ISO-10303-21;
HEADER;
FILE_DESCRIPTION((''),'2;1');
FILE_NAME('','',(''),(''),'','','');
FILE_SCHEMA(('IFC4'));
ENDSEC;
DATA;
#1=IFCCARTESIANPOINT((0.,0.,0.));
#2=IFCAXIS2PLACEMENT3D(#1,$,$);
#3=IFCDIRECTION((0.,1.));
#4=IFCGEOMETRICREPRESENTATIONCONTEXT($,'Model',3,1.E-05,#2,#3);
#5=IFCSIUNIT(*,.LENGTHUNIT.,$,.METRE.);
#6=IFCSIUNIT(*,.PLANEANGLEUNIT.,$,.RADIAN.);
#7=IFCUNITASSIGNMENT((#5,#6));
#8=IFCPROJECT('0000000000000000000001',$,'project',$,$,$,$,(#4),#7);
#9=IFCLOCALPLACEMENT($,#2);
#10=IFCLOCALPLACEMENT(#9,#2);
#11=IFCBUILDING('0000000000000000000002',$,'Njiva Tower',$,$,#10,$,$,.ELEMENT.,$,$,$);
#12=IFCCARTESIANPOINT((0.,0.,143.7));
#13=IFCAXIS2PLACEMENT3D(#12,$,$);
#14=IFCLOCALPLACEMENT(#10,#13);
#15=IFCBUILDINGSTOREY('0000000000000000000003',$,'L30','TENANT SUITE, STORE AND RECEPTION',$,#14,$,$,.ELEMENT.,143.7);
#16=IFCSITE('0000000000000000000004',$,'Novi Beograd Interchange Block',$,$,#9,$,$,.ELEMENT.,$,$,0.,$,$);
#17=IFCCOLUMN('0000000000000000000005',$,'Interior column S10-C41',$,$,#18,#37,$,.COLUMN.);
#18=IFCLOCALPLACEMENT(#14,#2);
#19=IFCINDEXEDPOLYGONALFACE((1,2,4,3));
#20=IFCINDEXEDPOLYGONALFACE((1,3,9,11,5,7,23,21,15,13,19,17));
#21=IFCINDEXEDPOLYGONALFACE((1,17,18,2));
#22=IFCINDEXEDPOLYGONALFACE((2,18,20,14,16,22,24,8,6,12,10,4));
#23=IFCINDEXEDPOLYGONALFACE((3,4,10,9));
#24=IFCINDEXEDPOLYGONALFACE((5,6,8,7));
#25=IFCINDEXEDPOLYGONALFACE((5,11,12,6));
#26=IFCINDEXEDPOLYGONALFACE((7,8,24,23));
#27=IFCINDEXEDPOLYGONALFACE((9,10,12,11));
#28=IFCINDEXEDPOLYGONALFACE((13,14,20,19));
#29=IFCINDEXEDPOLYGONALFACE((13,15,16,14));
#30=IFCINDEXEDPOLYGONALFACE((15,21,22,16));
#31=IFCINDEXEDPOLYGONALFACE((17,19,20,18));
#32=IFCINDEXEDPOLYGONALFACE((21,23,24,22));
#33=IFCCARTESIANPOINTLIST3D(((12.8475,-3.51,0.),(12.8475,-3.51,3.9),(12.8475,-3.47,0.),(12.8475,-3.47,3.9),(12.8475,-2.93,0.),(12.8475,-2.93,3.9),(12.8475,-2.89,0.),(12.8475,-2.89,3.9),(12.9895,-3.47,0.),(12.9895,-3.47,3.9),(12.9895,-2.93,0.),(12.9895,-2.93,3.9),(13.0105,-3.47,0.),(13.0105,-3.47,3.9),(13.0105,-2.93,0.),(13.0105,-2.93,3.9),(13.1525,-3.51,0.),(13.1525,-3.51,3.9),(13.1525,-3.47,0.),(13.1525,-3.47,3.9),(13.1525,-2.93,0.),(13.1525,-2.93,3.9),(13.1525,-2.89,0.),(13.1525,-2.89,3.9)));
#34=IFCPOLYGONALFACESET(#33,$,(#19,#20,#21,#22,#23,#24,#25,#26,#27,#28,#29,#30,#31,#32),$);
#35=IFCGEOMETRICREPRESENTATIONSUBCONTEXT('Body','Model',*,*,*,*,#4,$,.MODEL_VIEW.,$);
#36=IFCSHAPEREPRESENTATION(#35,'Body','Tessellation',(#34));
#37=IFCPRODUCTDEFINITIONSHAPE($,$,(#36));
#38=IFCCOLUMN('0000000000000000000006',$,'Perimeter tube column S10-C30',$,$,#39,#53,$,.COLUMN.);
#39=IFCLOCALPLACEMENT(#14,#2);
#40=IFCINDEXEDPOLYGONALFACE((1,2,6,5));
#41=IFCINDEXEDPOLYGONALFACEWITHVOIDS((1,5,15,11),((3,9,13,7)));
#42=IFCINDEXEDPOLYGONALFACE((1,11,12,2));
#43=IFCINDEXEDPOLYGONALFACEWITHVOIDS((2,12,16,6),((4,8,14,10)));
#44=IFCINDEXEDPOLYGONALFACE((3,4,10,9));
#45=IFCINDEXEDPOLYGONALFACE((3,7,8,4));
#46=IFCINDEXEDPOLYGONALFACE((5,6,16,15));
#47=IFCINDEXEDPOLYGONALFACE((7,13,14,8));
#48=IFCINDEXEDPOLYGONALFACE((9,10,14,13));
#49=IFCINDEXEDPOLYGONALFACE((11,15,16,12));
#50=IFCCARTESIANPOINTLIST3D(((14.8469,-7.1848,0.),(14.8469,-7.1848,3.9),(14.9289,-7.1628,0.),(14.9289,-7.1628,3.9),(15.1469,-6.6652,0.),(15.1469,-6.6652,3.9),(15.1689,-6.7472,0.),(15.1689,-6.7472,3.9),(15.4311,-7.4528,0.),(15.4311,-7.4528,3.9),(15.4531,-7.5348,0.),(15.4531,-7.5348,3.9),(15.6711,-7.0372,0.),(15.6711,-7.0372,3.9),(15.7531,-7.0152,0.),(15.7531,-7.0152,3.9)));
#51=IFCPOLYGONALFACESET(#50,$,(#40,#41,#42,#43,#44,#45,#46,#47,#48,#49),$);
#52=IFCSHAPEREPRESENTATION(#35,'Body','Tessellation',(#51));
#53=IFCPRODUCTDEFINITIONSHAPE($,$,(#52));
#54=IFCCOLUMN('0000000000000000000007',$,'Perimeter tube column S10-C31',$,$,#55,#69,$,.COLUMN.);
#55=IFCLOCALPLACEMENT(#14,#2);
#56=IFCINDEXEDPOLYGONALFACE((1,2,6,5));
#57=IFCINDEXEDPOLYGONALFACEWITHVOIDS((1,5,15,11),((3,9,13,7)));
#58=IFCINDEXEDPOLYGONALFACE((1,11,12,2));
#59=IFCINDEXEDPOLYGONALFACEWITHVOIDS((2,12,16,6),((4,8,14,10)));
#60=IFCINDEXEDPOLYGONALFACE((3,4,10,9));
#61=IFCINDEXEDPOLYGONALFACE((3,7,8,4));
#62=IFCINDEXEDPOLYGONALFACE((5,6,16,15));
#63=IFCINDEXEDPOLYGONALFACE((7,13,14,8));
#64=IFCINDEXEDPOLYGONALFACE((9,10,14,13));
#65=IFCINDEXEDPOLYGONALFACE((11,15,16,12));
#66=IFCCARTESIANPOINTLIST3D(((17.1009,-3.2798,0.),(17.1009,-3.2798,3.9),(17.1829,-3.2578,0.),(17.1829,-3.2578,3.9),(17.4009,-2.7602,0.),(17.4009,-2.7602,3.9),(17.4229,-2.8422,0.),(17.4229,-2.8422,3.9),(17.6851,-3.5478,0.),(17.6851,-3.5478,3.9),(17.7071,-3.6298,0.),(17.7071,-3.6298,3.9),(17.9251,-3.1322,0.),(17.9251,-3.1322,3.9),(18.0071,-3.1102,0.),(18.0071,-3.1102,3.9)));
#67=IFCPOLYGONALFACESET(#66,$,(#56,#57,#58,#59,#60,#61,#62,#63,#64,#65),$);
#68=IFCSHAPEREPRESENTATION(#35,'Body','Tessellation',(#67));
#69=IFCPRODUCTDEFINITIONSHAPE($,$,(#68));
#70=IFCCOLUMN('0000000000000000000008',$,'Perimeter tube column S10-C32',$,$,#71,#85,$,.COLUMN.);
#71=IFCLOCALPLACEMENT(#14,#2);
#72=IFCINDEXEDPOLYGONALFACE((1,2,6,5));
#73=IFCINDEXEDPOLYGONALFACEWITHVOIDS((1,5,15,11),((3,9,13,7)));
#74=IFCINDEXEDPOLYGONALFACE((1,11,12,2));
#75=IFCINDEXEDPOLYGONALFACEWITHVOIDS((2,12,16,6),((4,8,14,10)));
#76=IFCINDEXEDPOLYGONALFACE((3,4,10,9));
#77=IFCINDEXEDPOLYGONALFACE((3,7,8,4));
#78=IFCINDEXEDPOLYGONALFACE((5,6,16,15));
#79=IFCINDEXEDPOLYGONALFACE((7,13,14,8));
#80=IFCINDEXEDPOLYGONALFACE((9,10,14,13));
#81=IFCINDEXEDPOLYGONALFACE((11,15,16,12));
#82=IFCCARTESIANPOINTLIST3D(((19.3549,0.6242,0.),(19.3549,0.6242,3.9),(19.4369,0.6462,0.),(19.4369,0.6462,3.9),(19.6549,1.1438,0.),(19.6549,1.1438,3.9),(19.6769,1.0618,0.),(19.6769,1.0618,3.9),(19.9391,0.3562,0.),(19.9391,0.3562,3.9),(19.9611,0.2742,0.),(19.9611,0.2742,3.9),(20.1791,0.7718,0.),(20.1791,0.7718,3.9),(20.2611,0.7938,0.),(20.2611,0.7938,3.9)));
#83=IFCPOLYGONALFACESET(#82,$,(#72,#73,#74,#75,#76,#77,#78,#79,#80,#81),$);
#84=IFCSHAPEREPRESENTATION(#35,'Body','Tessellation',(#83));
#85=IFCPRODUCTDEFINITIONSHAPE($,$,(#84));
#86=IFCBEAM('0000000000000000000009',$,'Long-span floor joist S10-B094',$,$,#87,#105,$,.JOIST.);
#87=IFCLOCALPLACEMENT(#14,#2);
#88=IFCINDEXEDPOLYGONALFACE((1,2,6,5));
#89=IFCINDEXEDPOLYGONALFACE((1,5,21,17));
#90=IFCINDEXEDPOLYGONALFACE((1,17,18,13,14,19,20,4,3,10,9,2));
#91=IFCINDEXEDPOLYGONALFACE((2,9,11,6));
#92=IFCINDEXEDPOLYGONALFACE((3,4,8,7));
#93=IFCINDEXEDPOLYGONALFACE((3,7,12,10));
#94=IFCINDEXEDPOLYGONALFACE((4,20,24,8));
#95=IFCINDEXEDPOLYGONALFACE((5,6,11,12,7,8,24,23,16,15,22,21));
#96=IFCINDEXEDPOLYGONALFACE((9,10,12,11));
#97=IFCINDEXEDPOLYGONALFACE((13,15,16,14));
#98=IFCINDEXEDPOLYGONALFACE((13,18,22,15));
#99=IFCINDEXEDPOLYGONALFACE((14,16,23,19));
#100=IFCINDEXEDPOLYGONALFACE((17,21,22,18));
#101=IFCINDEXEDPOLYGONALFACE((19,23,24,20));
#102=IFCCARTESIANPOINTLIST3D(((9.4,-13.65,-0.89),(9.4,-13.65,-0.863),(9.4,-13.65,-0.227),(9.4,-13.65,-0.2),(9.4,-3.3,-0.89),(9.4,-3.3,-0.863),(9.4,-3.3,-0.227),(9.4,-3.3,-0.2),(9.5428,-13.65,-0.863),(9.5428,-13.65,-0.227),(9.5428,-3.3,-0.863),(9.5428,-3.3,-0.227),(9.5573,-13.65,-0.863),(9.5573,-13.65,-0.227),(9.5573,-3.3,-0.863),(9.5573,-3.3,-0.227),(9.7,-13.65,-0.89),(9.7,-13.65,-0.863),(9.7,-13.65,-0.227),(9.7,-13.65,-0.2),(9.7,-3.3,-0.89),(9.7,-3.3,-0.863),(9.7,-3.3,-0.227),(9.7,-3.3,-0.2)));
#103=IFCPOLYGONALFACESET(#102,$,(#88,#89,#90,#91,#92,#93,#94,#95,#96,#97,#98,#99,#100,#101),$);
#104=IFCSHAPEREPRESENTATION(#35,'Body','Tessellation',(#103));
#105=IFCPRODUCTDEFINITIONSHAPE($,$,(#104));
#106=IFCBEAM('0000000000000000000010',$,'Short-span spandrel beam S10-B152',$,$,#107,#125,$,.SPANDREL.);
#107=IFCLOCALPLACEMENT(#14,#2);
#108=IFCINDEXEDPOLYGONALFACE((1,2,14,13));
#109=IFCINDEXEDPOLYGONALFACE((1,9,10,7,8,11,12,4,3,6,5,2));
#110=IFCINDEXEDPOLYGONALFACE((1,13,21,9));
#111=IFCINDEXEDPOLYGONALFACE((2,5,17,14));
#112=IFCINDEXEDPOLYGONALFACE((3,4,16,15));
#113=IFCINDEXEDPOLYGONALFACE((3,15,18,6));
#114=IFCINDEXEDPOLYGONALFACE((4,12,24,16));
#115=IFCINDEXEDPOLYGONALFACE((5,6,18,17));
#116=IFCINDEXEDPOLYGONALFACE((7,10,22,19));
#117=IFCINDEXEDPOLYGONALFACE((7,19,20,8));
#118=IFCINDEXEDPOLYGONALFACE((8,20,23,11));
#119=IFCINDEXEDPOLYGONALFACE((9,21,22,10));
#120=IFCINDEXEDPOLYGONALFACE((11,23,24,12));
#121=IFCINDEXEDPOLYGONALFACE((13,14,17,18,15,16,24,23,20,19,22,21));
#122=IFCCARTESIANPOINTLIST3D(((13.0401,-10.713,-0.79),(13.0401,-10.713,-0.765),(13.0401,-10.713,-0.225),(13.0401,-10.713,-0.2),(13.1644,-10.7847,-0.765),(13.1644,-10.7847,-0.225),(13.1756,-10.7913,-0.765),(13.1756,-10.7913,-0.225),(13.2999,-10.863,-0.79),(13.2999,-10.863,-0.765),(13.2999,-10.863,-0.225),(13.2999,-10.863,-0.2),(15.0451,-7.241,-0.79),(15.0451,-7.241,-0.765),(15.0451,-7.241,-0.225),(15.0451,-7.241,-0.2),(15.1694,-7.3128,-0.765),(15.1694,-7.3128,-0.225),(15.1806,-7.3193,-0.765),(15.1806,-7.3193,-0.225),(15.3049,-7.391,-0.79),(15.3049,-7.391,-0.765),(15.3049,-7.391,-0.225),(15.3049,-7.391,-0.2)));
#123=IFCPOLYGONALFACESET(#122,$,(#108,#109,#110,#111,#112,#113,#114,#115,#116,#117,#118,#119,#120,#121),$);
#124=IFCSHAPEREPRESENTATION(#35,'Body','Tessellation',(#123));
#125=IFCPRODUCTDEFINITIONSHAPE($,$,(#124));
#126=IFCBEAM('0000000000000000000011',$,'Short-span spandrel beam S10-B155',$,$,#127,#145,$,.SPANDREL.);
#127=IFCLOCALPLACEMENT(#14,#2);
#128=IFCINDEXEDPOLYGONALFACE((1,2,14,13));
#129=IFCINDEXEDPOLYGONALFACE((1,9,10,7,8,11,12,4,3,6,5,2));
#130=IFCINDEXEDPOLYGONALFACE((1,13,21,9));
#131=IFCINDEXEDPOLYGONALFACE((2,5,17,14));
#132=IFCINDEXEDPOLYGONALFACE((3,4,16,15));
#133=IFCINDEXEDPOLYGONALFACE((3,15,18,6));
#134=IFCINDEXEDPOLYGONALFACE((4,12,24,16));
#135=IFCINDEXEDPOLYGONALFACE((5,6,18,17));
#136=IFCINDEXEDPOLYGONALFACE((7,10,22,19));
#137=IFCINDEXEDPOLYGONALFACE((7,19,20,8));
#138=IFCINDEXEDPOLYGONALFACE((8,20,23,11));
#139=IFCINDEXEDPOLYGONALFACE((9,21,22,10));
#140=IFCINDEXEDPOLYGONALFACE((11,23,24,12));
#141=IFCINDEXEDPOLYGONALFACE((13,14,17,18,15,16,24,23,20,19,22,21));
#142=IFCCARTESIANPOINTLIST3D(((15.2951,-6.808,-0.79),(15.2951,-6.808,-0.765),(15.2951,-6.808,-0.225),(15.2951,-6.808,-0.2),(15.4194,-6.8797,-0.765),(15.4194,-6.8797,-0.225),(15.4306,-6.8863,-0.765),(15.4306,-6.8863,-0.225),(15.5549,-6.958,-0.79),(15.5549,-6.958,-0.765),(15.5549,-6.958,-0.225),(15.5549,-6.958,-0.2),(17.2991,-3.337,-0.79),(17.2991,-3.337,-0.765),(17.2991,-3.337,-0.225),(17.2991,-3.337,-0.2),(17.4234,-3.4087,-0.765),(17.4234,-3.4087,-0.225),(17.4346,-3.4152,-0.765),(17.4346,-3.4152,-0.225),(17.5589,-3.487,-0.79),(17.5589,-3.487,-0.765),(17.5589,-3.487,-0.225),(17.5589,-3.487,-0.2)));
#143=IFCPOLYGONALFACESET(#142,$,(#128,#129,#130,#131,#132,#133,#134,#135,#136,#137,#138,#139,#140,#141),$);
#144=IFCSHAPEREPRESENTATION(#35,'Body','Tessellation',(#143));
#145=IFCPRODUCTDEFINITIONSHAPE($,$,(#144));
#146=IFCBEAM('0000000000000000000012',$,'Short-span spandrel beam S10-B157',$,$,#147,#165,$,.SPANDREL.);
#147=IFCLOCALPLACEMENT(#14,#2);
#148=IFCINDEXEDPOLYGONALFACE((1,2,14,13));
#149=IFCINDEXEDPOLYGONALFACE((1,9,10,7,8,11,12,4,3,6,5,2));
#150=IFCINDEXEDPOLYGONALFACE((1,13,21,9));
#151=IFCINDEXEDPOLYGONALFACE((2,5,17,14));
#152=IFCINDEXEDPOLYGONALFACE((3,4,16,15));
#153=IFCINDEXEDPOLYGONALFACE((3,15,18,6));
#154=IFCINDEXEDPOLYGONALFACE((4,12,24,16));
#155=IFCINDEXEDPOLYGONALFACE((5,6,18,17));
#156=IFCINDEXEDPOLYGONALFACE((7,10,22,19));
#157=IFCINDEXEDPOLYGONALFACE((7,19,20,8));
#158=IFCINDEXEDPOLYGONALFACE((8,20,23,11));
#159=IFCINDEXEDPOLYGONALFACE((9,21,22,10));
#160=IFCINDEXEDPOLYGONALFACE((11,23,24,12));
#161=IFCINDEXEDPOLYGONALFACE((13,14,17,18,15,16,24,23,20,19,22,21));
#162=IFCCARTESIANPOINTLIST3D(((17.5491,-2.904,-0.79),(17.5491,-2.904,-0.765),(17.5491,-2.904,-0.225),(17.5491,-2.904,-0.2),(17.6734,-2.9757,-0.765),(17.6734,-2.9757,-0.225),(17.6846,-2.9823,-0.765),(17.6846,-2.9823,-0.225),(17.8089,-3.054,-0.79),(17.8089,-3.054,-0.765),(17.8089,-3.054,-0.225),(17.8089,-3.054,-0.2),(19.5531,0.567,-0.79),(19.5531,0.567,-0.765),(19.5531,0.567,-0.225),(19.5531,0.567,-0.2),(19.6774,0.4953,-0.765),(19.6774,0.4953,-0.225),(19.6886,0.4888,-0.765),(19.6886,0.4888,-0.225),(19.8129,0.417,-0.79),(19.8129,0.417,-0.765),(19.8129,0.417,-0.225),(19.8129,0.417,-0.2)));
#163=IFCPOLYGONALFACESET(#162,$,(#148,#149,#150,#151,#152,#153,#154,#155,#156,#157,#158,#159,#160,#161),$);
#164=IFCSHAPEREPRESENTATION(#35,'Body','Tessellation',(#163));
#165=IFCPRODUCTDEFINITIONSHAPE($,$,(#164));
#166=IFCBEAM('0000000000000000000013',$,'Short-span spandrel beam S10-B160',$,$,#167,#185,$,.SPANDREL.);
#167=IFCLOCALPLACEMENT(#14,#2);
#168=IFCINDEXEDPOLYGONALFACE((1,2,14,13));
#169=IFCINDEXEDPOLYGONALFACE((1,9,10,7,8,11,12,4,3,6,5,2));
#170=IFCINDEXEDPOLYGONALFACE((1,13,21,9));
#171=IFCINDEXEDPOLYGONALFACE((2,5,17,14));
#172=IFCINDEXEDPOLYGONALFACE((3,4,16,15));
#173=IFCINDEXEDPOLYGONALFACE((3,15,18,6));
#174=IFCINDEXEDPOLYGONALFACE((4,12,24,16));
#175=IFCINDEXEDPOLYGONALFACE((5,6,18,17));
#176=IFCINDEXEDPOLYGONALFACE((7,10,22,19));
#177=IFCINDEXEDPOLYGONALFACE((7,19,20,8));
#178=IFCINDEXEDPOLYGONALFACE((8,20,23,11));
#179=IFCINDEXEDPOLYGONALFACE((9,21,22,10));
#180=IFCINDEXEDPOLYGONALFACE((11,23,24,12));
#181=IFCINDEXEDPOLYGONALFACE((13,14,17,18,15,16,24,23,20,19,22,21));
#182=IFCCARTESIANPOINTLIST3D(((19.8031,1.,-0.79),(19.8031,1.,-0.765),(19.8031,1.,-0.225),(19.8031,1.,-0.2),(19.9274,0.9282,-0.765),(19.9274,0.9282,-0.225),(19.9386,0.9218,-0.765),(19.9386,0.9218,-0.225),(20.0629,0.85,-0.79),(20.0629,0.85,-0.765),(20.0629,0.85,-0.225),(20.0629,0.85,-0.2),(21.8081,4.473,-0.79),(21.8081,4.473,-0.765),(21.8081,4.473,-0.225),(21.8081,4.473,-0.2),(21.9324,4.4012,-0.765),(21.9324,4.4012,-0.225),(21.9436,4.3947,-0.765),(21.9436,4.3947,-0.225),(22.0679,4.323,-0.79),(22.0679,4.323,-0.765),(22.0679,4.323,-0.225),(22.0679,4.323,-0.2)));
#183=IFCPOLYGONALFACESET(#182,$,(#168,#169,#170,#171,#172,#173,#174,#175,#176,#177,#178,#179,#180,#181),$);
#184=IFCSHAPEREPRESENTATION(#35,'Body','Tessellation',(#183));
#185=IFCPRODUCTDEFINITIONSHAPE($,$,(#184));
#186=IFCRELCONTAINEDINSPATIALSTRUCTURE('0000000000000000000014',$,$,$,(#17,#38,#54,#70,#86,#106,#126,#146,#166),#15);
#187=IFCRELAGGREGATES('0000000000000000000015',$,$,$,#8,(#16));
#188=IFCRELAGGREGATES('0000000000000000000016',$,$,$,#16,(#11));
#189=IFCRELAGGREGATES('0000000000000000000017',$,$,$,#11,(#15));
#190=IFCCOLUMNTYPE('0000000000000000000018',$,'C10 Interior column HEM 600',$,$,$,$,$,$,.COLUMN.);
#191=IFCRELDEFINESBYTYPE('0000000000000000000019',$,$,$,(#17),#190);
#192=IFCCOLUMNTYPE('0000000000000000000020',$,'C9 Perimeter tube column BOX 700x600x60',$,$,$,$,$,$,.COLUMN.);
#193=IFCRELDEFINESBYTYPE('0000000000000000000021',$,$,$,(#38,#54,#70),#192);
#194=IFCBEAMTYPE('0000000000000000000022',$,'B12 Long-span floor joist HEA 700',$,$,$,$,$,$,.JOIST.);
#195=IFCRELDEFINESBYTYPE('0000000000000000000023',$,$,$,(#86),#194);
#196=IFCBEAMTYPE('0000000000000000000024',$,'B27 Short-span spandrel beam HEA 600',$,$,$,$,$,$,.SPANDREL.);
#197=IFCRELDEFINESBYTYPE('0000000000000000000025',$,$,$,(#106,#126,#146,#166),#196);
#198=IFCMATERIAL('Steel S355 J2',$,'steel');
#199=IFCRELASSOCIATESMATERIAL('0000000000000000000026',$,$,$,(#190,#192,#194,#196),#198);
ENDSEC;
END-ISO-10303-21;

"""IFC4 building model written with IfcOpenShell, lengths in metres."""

from ifc_helpers import new_model, si_unit, direction, frame, origin, origin_2d, place, context, subcontext, project, spatial, hollow_rectangle, i_section, extrude, material, material_profile, profile_set, type_object, element, save


model = new_model("IFC4")

# Units and contexts
model_context = context("Model", 3, precision=1e-05, world=origin(), true_north=direction((0.0, 1.0)))
body_context = subcontext(model_context, "Body", "Model", "MODEL_VIEW")
ifc_project = project(units=[si_unit("LENGTHUNIT", "METRE"), si_unit("PLANEANGLEUNIT", "RADIAN")], contexts=[model_context])

# Site, building, storey
site_placement = place(None, origin())
site = spatial("IfcSite", under=ifc_project, at=site_placement, Name="Novi Beograd Interchange Block", CompositionType="ELEMENT", RefElevation=0.0)
building_placement = place(site_placement, origin())
building = spatial("IfcBuilding", under=site, at=building_placement, Name="Njiva Tower", CompositionType="ELEMENT")
storey_placement = place(building_placement, frame((0.0, 0.0, 143.7)))
storey = spatial("IfcBuildingStorey", under=building, at=storey_placement, Name="L30", Description="TENANT SUITE, STORE AND RECEPTION", CompositionType="ELEMENT", Elevation=143.7)

# Columns
ifc_material_1 = material(Name="Steel S355 J2", Category="steel")
ifc_material_profile_1 = material_profile(ifc_material_1, i_section(OverallWidth=0.305, OverallDepth=0.62, WebThickness=0.021, FlangeThickness=0.04, at=origin_2d()), Name="HEM 600")
ifc_profile_set_1 = profile_set([ifc_material_profile_1], Name="Steel S355 J2")
column_type_1 = type_object("IfcColumnType", Name="C10 Interior column HEM 600", PredefinedType="COLUMN", material=ifc_profile_set_1)
column_placement = place(storey_placement, frame((13.0, -3.2, 0.0), z_axis=(0.0, 0.0, 1.0), x_axis=(1.0, 0.0, 0.0)))
element("IfcColumn", 1, at=column_placement, inside=storey, type_object=column_type_1, Name="Interior column S10-C41", PredefinedType="COLUMN", context=body_context, shape_type="SweptSolid", body=[
    extrude(i_section(OverallWidth=0.305, OverallDepth=0.62, WebThickness=0.021, FlangeThickness=0.04, at=origin_2d()), origin(), (0.0, 0.0, 1.0), 3.9),
])
ifc_material_profile_2 = material_profile(ifc_material_1, hollow_rectangle(XDim=0.6, YDim=0.7, WallThickness=0.06, at=origin_2d()), Name="BOX 700x600x60")
ifc_profile_set_2 = profile_set([ifc_material_profile_2], Name="Steel S355 J2")
column_type_2 = type_object("IfcColumnType", Name="C9 Perimeter tube column BOX 700x600x60", PredefinedType="COLUMN", material=ifc_profile_set_2)
for number, where, z_axis, x_axis, name in (
    (2, (15.3, -7.1, 0.0), (0.0, 0.0, 1.0), (0.5, 0.866025, 0.0), "Perimeter tube column S10-C30"),
    (3, (17.554, -3.195, 0.0), (0.0, 0.0, 1.0), (0.5, 0.866025, 0.0), "Perimeter tube column S10-C31"),
    (4, (19.808, 0.709, 0.0), (0.0, 0.0, 1.0), (0.5, 0.866025, 0.0), "Perimeter tube column S10-C32"),
):
    element("IfcColumn", number, at=place(storey_placement, frame(where, z_axis=z_axis, x_axis=x_axis)), inside=storey, type_object=column_type_2, Name=name, PredefinedType="COLUMN", context=body_context, shape_type="SweptSolid", body=[
        extrude(hollow_rectangle(XDim=0.6, YDim=0.7, WallThickness=0.06, at=origin_2d()), origin(), (0.0, 0.0, 1.0), 3.9),
    ])

# Beams
ifc_material_profile_3 = material_profile(ifc_material_1, i_section(OverallWidth=0.3, OverallDepth=0.69, WebThickness=0.0145, FlangeThickness=0.027, at=origin_2d()), Name="HEA 700")
ifc_profile_set_3 = profile_set([ifc_material_profile_3], Name="Steel S355 J2")
beam_type_1 = type_object("IfcBeamType", Name="B12 Long-span floor joist HEA 700", PredefinedType="JOIST", material=ifc_profile_set_3)
beam_1_placement = place(storey_placement, frame((9.55, -3.3, -0.545), z_axis=(0.0, -1.0, 0.0), x_axis=(1.0, 0.0, 0.0)))
element("IfcBeam", 5, at=beam_1_placement, inside=storey, type_object=beam_type_1, Name="Long-span floor joist S10-B094", PredefinedType="JOIST", context=body_context, shape_type="SweptSolid", body=[
    extrude(i_section(OverallWidth=0.3, OverallDepth=0.69, WebThickness=0.0145, FlangeThickness=0.027, at=origin_2d()), origin(), (0.0, 0.0, 1.0), 10.35),
])
ifc_material_profile_4 = material_profile(ifc_material_1, i_section(OverallWidth=0.3, OverallDepth=0.59, WebThickness=0.013, FlangeThickness=0.025, at=origin_2d()), Name="HEA 600")
ifc_profile_set_4 = profile_set([ifc_material_profile_4], Name="Steel S355 J2")
beam_type_2 = type_object("IfcBeamType", Name="B27 Short-span spandrel beam HEA 600", PredefinedType="SPANDREL", material=ifc_profile_set_4)
beam_2_placement = place(storey_placement, frame((13.17, -10.788, -0.495), z_axis=(0.500082, 0.865978, 0.0), x_axis=(-0.865978, 0.500082, 0.0)))
element("IfcBeam", 6, at=beam_2_placement, inside=storey, type_object=beam_type_2, Name="Short-span spandrel beam S10-B152", PredefinedType="SPANDREL", context=body_context, shape_type="SweptSolid", body=[
    extrude(i_section(OverallWidth=0.3, OverallDepth=0.59, WebThickness=0.013, FlangeThickness=0.025, at=origin_2d()), origin(), (0.0, 0.0, 1.0), 4.0093),
])
for number, where, z_axis, x_axis, name in (
    (7, (15.425, -6.883, -0.495), (0.500003, 0.866024, 0.0), (-0.866024, 0.500003, 0.0), "Short-span spandrel beam S10-B155"),
    (8, (17.679, -2.979, -0.495), (0.500003, 0.866024, 0.0), (-0.866024, 0.500003, 0.0), "Short-span spandrel beam S10-B157"),
):
    element("IfcBeam", number, at=place(storey_placement, frame(where, z_axis=z_axis, x_axis=x_axis)), inside=storey, type_object=beam_type_2, Name=name, PredefinedType="SPANDREL", context=body_context, shape_type="SweptSolid", body=[
        extrude(i_section(OverallWidth=0.3, OverallDepth=0.59, WebThickness=0.013, FlangeThickness=0.025, at=origin_2d()), origin(), (0.0, 0.0, 1.0), 4.008),
    ])
beam_3_placement = place(storey_placement, frame((19.933, 0.925, -0.495), z_axis=(0.499974, 0.86604, 0.0), x_axis=(-0.86604, 0.499974, 0.0)))
element("IfcBeam", 9, at=beam_3_placement, inside=storey, type_object=beam_type_2, Name="Short-span spandrel beam S10-B160", PredefinedType="SPANDREL", context=body_context, shape_type="SweptSolid", body=[
    extrude(i_section(OverallWidth=0.3, OverallDepth=0.59, WebThickness=0.013, FlangeThickness=0.025, at=origin_2d()), origin(), (0.0, 0.0, 1.0), 4.0102),
])

save(model, "model.ifc")
